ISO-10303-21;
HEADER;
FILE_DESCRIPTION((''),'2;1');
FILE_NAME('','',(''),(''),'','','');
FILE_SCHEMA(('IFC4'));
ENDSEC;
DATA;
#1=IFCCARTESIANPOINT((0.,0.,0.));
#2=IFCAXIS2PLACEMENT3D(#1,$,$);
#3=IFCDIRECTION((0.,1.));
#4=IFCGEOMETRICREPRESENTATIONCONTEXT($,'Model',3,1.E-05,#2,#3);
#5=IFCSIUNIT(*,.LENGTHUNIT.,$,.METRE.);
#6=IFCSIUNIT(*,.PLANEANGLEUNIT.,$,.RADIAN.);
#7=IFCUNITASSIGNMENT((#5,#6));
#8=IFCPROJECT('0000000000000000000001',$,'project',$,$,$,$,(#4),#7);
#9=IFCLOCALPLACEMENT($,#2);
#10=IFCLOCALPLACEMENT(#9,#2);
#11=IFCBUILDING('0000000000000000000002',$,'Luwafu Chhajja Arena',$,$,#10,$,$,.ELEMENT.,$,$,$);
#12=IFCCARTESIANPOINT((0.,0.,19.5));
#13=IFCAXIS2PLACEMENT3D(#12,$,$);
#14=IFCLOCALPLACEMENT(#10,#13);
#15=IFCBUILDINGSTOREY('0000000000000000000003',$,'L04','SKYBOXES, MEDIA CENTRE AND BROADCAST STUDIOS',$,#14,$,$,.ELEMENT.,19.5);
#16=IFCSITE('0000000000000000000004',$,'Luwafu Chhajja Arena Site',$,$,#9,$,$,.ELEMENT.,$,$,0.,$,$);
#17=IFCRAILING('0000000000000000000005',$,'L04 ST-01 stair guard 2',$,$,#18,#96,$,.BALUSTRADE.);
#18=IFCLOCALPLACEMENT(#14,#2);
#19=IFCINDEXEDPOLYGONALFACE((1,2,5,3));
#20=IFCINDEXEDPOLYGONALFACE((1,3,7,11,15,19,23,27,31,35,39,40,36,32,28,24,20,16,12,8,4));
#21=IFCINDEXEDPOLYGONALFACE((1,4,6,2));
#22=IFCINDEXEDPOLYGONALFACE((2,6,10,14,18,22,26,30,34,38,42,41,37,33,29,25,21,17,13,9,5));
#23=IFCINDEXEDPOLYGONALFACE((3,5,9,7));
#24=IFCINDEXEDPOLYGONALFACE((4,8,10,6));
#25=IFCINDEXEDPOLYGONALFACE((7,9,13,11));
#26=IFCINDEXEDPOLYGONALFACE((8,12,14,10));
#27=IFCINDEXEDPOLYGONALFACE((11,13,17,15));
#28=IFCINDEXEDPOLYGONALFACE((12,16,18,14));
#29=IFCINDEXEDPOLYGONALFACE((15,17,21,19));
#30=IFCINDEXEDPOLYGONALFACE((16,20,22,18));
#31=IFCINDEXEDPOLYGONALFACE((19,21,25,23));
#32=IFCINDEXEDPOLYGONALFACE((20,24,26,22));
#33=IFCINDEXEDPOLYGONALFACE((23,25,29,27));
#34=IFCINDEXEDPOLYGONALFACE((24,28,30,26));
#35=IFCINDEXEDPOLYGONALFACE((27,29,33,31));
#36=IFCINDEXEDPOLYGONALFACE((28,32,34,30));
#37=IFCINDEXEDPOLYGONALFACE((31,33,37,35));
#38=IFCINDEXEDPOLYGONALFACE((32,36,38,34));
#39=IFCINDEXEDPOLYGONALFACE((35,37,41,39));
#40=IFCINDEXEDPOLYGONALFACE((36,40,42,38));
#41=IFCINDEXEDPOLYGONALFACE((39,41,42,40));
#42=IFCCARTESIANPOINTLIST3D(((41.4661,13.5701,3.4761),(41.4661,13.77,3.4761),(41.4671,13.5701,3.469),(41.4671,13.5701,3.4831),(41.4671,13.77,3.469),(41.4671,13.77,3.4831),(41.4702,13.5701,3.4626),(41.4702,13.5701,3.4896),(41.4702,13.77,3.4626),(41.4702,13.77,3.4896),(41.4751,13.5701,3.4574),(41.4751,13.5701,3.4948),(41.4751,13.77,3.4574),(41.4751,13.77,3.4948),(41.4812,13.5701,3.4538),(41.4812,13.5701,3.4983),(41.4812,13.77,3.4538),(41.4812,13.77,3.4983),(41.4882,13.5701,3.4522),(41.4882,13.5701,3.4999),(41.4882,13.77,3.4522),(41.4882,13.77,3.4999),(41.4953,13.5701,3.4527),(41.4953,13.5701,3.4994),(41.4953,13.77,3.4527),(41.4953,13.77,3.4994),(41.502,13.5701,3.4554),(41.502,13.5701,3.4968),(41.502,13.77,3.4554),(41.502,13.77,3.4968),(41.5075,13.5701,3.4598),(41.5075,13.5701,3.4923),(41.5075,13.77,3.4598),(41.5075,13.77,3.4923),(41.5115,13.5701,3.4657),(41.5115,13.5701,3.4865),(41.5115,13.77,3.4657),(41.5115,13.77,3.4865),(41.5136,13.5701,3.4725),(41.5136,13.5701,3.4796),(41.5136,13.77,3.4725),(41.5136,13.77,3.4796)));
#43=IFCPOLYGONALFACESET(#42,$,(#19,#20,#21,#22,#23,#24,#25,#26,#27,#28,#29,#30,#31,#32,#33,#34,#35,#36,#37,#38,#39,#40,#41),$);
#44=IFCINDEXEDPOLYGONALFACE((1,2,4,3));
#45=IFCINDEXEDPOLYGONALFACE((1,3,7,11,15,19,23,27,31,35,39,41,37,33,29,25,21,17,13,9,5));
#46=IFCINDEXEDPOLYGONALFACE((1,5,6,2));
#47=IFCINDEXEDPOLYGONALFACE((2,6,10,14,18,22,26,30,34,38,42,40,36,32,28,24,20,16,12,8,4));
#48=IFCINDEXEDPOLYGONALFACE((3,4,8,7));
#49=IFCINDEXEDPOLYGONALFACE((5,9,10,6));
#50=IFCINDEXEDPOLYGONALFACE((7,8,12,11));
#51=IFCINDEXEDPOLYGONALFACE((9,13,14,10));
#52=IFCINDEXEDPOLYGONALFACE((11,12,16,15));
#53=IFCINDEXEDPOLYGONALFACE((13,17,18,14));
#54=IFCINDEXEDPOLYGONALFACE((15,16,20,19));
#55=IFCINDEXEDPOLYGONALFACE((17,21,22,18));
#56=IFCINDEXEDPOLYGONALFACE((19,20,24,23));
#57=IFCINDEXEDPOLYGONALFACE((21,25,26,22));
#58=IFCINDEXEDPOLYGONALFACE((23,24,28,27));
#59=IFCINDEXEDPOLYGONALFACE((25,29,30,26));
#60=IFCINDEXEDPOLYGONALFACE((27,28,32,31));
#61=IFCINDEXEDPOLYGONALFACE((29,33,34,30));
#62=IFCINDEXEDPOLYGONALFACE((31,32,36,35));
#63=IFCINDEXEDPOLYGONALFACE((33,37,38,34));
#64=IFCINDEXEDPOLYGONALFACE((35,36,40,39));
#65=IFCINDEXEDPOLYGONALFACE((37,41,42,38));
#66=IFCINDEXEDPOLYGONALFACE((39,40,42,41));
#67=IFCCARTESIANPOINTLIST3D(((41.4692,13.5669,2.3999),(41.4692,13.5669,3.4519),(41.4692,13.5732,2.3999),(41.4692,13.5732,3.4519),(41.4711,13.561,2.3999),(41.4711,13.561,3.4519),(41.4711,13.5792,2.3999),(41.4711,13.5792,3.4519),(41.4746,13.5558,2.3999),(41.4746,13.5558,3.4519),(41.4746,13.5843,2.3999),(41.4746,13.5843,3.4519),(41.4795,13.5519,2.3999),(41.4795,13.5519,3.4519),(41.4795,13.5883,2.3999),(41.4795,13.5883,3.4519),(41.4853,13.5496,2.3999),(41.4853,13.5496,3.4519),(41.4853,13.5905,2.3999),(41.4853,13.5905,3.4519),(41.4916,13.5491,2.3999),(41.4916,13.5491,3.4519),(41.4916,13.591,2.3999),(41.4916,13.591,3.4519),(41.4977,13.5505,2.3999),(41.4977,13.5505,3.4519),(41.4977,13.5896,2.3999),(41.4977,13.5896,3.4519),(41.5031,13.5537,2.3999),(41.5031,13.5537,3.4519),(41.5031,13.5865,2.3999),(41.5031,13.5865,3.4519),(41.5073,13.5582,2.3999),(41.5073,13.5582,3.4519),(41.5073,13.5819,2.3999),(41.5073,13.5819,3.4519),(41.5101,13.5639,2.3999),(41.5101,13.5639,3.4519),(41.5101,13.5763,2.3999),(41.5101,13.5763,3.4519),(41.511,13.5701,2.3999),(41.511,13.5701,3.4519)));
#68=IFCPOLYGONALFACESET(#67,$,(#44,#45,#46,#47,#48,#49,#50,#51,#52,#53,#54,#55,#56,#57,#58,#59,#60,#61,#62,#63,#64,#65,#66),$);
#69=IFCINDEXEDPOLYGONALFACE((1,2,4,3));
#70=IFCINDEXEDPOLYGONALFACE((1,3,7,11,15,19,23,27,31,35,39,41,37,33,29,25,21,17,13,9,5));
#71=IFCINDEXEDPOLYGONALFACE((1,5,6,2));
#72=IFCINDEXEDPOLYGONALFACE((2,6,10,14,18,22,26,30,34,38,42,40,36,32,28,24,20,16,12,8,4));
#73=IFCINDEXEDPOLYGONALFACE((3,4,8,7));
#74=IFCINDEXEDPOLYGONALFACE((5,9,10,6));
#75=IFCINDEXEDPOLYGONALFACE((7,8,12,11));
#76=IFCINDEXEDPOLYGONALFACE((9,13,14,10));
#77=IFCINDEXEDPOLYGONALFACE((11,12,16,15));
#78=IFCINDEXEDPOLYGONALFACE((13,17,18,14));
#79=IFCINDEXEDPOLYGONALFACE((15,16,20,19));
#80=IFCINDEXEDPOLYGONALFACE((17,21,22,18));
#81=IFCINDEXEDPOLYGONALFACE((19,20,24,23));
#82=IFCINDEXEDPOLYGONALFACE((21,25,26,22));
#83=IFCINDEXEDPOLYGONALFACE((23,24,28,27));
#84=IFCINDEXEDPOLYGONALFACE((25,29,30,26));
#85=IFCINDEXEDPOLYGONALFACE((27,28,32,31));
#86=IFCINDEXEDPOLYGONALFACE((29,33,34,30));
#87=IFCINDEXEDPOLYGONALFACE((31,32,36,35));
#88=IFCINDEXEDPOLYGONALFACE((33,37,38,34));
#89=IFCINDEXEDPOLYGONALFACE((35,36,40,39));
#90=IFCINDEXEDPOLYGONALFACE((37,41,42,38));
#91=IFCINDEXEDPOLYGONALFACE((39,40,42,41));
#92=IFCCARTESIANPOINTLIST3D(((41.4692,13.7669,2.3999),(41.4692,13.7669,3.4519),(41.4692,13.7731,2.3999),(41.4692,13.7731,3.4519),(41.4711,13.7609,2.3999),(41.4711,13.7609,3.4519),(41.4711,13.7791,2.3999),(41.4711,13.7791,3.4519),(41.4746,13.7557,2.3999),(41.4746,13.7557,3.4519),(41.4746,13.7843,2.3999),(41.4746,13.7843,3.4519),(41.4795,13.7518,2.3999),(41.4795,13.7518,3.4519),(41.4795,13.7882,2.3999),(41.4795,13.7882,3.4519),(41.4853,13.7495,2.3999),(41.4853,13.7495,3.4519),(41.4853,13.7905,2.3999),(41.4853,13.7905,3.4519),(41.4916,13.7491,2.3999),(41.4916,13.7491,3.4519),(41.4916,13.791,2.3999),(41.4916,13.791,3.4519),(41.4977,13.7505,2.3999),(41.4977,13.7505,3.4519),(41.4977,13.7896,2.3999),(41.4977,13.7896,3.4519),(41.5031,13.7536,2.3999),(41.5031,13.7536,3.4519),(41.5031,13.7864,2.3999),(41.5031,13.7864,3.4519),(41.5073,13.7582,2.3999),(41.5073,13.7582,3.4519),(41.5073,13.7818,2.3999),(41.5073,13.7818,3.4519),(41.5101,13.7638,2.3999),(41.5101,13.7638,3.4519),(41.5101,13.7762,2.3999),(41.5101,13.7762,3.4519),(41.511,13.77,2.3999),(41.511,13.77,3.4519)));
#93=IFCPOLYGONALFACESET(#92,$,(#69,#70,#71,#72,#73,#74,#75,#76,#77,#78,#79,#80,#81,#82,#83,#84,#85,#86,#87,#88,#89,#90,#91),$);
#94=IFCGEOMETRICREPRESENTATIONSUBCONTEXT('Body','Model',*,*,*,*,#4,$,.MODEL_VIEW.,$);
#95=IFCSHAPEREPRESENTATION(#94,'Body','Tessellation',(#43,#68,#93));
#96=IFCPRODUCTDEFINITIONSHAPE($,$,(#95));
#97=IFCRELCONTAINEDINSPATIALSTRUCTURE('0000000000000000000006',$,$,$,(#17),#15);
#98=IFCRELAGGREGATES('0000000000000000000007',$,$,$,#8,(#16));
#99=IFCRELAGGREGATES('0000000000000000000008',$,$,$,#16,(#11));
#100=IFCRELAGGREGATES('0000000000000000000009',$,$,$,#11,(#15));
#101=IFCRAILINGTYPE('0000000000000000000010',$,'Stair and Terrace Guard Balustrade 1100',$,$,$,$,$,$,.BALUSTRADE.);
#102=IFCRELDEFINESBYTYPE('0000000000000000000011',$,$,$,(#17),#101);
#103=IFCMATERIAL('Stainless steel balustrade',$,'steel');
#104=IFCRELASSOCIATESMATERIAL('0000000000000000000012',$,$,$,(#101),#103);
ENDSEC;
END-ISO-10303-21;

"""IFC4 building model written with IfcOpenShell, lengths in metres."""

from ifc_helpers import new_model, si_unit, direction, frame, origin, origin_2d, place, context, subcontext, project, spatial, circle, extrude, material, type_object, element, save


model = new_model("IFC4")

# Units and contexts
model_context = context("Model", 3, precision=1e-05, world=origin(), true_north=direction((0.0, 1.0)))
body_context = subcontext(model_context, "Body", "Model", "MODEL_VIEW")
ifc_project = project(units=[si_unit("LENGTHUNIT", "METRE"), si_unit("PLANEANGLEUNIT", "RADIAN")], contexts=[model_context])

# Site, building, storey
site_placement = place(None, origin())
site = spatial("IfcSite", under=ifc_project, at=site_placement, Name="Luwafu Chhajja Arena Site", CompositionType="ELEMENT", RefElevation=0.0)
building_placement = place(site_placement, origin())
building = spatial("IfcBuilding", under=site, at=building_placement, Name="Luwafu Chhajja Arena", CompositionType="ELEMENT")
storey_placement = place(building_placement, frame((0.0, 0.0, 19.5)))
storey = spatial("IfcBuildingStorey", under=building, at=storey_placement, Name="L04", Description="SKYBOXES, MEDIA CENTRE AND BROADCAST STUDIOS", CompositionType="ELEMENT", Elevation=19.5)

# Railing
ifc_material_1 = material(Name="Stainless steel balustrade", Category="steel")
railing_type_1 = type_object("IfcRailingType", Name="Stair and Terrace Guard Balustrade 1100", PredefinedType="BALUSTRADE", material=ifc_material_1)
railing_1_placement = place(storey_placement, frame((41.49, 13.5701, 2.3999)))
element("IfcRailing", 1, at=railing_1_placement, inside=storey, type_object=railing_type_1, Name="L04 ST-01 stair guard 2", PredefinedType="BALUSTRADE", context=body_context, shape_type="SweptSolid", body=[
    extrude(circle(Radius=0.0239, at=origin_2d()), frame((0.0, 0.0, 1.0762), z_axis=(0.0, 1.0, 0.0), x_axis=(-1.0, 0.0, 0.0)), (0.0, 0.0, 1.0), 0.2),
    extrude(circle(Radius=0.021, at=origin_2d()), origin(), (0.0, 0.0, 1.0), 1.052),
    extrude(circle(Radius=0.021, at=origin_2d()), frame((0.0, 0.2, 0.0)), (0.0, 0.0, 1.0), 1.052),
])

save(model, "model.ifc")
